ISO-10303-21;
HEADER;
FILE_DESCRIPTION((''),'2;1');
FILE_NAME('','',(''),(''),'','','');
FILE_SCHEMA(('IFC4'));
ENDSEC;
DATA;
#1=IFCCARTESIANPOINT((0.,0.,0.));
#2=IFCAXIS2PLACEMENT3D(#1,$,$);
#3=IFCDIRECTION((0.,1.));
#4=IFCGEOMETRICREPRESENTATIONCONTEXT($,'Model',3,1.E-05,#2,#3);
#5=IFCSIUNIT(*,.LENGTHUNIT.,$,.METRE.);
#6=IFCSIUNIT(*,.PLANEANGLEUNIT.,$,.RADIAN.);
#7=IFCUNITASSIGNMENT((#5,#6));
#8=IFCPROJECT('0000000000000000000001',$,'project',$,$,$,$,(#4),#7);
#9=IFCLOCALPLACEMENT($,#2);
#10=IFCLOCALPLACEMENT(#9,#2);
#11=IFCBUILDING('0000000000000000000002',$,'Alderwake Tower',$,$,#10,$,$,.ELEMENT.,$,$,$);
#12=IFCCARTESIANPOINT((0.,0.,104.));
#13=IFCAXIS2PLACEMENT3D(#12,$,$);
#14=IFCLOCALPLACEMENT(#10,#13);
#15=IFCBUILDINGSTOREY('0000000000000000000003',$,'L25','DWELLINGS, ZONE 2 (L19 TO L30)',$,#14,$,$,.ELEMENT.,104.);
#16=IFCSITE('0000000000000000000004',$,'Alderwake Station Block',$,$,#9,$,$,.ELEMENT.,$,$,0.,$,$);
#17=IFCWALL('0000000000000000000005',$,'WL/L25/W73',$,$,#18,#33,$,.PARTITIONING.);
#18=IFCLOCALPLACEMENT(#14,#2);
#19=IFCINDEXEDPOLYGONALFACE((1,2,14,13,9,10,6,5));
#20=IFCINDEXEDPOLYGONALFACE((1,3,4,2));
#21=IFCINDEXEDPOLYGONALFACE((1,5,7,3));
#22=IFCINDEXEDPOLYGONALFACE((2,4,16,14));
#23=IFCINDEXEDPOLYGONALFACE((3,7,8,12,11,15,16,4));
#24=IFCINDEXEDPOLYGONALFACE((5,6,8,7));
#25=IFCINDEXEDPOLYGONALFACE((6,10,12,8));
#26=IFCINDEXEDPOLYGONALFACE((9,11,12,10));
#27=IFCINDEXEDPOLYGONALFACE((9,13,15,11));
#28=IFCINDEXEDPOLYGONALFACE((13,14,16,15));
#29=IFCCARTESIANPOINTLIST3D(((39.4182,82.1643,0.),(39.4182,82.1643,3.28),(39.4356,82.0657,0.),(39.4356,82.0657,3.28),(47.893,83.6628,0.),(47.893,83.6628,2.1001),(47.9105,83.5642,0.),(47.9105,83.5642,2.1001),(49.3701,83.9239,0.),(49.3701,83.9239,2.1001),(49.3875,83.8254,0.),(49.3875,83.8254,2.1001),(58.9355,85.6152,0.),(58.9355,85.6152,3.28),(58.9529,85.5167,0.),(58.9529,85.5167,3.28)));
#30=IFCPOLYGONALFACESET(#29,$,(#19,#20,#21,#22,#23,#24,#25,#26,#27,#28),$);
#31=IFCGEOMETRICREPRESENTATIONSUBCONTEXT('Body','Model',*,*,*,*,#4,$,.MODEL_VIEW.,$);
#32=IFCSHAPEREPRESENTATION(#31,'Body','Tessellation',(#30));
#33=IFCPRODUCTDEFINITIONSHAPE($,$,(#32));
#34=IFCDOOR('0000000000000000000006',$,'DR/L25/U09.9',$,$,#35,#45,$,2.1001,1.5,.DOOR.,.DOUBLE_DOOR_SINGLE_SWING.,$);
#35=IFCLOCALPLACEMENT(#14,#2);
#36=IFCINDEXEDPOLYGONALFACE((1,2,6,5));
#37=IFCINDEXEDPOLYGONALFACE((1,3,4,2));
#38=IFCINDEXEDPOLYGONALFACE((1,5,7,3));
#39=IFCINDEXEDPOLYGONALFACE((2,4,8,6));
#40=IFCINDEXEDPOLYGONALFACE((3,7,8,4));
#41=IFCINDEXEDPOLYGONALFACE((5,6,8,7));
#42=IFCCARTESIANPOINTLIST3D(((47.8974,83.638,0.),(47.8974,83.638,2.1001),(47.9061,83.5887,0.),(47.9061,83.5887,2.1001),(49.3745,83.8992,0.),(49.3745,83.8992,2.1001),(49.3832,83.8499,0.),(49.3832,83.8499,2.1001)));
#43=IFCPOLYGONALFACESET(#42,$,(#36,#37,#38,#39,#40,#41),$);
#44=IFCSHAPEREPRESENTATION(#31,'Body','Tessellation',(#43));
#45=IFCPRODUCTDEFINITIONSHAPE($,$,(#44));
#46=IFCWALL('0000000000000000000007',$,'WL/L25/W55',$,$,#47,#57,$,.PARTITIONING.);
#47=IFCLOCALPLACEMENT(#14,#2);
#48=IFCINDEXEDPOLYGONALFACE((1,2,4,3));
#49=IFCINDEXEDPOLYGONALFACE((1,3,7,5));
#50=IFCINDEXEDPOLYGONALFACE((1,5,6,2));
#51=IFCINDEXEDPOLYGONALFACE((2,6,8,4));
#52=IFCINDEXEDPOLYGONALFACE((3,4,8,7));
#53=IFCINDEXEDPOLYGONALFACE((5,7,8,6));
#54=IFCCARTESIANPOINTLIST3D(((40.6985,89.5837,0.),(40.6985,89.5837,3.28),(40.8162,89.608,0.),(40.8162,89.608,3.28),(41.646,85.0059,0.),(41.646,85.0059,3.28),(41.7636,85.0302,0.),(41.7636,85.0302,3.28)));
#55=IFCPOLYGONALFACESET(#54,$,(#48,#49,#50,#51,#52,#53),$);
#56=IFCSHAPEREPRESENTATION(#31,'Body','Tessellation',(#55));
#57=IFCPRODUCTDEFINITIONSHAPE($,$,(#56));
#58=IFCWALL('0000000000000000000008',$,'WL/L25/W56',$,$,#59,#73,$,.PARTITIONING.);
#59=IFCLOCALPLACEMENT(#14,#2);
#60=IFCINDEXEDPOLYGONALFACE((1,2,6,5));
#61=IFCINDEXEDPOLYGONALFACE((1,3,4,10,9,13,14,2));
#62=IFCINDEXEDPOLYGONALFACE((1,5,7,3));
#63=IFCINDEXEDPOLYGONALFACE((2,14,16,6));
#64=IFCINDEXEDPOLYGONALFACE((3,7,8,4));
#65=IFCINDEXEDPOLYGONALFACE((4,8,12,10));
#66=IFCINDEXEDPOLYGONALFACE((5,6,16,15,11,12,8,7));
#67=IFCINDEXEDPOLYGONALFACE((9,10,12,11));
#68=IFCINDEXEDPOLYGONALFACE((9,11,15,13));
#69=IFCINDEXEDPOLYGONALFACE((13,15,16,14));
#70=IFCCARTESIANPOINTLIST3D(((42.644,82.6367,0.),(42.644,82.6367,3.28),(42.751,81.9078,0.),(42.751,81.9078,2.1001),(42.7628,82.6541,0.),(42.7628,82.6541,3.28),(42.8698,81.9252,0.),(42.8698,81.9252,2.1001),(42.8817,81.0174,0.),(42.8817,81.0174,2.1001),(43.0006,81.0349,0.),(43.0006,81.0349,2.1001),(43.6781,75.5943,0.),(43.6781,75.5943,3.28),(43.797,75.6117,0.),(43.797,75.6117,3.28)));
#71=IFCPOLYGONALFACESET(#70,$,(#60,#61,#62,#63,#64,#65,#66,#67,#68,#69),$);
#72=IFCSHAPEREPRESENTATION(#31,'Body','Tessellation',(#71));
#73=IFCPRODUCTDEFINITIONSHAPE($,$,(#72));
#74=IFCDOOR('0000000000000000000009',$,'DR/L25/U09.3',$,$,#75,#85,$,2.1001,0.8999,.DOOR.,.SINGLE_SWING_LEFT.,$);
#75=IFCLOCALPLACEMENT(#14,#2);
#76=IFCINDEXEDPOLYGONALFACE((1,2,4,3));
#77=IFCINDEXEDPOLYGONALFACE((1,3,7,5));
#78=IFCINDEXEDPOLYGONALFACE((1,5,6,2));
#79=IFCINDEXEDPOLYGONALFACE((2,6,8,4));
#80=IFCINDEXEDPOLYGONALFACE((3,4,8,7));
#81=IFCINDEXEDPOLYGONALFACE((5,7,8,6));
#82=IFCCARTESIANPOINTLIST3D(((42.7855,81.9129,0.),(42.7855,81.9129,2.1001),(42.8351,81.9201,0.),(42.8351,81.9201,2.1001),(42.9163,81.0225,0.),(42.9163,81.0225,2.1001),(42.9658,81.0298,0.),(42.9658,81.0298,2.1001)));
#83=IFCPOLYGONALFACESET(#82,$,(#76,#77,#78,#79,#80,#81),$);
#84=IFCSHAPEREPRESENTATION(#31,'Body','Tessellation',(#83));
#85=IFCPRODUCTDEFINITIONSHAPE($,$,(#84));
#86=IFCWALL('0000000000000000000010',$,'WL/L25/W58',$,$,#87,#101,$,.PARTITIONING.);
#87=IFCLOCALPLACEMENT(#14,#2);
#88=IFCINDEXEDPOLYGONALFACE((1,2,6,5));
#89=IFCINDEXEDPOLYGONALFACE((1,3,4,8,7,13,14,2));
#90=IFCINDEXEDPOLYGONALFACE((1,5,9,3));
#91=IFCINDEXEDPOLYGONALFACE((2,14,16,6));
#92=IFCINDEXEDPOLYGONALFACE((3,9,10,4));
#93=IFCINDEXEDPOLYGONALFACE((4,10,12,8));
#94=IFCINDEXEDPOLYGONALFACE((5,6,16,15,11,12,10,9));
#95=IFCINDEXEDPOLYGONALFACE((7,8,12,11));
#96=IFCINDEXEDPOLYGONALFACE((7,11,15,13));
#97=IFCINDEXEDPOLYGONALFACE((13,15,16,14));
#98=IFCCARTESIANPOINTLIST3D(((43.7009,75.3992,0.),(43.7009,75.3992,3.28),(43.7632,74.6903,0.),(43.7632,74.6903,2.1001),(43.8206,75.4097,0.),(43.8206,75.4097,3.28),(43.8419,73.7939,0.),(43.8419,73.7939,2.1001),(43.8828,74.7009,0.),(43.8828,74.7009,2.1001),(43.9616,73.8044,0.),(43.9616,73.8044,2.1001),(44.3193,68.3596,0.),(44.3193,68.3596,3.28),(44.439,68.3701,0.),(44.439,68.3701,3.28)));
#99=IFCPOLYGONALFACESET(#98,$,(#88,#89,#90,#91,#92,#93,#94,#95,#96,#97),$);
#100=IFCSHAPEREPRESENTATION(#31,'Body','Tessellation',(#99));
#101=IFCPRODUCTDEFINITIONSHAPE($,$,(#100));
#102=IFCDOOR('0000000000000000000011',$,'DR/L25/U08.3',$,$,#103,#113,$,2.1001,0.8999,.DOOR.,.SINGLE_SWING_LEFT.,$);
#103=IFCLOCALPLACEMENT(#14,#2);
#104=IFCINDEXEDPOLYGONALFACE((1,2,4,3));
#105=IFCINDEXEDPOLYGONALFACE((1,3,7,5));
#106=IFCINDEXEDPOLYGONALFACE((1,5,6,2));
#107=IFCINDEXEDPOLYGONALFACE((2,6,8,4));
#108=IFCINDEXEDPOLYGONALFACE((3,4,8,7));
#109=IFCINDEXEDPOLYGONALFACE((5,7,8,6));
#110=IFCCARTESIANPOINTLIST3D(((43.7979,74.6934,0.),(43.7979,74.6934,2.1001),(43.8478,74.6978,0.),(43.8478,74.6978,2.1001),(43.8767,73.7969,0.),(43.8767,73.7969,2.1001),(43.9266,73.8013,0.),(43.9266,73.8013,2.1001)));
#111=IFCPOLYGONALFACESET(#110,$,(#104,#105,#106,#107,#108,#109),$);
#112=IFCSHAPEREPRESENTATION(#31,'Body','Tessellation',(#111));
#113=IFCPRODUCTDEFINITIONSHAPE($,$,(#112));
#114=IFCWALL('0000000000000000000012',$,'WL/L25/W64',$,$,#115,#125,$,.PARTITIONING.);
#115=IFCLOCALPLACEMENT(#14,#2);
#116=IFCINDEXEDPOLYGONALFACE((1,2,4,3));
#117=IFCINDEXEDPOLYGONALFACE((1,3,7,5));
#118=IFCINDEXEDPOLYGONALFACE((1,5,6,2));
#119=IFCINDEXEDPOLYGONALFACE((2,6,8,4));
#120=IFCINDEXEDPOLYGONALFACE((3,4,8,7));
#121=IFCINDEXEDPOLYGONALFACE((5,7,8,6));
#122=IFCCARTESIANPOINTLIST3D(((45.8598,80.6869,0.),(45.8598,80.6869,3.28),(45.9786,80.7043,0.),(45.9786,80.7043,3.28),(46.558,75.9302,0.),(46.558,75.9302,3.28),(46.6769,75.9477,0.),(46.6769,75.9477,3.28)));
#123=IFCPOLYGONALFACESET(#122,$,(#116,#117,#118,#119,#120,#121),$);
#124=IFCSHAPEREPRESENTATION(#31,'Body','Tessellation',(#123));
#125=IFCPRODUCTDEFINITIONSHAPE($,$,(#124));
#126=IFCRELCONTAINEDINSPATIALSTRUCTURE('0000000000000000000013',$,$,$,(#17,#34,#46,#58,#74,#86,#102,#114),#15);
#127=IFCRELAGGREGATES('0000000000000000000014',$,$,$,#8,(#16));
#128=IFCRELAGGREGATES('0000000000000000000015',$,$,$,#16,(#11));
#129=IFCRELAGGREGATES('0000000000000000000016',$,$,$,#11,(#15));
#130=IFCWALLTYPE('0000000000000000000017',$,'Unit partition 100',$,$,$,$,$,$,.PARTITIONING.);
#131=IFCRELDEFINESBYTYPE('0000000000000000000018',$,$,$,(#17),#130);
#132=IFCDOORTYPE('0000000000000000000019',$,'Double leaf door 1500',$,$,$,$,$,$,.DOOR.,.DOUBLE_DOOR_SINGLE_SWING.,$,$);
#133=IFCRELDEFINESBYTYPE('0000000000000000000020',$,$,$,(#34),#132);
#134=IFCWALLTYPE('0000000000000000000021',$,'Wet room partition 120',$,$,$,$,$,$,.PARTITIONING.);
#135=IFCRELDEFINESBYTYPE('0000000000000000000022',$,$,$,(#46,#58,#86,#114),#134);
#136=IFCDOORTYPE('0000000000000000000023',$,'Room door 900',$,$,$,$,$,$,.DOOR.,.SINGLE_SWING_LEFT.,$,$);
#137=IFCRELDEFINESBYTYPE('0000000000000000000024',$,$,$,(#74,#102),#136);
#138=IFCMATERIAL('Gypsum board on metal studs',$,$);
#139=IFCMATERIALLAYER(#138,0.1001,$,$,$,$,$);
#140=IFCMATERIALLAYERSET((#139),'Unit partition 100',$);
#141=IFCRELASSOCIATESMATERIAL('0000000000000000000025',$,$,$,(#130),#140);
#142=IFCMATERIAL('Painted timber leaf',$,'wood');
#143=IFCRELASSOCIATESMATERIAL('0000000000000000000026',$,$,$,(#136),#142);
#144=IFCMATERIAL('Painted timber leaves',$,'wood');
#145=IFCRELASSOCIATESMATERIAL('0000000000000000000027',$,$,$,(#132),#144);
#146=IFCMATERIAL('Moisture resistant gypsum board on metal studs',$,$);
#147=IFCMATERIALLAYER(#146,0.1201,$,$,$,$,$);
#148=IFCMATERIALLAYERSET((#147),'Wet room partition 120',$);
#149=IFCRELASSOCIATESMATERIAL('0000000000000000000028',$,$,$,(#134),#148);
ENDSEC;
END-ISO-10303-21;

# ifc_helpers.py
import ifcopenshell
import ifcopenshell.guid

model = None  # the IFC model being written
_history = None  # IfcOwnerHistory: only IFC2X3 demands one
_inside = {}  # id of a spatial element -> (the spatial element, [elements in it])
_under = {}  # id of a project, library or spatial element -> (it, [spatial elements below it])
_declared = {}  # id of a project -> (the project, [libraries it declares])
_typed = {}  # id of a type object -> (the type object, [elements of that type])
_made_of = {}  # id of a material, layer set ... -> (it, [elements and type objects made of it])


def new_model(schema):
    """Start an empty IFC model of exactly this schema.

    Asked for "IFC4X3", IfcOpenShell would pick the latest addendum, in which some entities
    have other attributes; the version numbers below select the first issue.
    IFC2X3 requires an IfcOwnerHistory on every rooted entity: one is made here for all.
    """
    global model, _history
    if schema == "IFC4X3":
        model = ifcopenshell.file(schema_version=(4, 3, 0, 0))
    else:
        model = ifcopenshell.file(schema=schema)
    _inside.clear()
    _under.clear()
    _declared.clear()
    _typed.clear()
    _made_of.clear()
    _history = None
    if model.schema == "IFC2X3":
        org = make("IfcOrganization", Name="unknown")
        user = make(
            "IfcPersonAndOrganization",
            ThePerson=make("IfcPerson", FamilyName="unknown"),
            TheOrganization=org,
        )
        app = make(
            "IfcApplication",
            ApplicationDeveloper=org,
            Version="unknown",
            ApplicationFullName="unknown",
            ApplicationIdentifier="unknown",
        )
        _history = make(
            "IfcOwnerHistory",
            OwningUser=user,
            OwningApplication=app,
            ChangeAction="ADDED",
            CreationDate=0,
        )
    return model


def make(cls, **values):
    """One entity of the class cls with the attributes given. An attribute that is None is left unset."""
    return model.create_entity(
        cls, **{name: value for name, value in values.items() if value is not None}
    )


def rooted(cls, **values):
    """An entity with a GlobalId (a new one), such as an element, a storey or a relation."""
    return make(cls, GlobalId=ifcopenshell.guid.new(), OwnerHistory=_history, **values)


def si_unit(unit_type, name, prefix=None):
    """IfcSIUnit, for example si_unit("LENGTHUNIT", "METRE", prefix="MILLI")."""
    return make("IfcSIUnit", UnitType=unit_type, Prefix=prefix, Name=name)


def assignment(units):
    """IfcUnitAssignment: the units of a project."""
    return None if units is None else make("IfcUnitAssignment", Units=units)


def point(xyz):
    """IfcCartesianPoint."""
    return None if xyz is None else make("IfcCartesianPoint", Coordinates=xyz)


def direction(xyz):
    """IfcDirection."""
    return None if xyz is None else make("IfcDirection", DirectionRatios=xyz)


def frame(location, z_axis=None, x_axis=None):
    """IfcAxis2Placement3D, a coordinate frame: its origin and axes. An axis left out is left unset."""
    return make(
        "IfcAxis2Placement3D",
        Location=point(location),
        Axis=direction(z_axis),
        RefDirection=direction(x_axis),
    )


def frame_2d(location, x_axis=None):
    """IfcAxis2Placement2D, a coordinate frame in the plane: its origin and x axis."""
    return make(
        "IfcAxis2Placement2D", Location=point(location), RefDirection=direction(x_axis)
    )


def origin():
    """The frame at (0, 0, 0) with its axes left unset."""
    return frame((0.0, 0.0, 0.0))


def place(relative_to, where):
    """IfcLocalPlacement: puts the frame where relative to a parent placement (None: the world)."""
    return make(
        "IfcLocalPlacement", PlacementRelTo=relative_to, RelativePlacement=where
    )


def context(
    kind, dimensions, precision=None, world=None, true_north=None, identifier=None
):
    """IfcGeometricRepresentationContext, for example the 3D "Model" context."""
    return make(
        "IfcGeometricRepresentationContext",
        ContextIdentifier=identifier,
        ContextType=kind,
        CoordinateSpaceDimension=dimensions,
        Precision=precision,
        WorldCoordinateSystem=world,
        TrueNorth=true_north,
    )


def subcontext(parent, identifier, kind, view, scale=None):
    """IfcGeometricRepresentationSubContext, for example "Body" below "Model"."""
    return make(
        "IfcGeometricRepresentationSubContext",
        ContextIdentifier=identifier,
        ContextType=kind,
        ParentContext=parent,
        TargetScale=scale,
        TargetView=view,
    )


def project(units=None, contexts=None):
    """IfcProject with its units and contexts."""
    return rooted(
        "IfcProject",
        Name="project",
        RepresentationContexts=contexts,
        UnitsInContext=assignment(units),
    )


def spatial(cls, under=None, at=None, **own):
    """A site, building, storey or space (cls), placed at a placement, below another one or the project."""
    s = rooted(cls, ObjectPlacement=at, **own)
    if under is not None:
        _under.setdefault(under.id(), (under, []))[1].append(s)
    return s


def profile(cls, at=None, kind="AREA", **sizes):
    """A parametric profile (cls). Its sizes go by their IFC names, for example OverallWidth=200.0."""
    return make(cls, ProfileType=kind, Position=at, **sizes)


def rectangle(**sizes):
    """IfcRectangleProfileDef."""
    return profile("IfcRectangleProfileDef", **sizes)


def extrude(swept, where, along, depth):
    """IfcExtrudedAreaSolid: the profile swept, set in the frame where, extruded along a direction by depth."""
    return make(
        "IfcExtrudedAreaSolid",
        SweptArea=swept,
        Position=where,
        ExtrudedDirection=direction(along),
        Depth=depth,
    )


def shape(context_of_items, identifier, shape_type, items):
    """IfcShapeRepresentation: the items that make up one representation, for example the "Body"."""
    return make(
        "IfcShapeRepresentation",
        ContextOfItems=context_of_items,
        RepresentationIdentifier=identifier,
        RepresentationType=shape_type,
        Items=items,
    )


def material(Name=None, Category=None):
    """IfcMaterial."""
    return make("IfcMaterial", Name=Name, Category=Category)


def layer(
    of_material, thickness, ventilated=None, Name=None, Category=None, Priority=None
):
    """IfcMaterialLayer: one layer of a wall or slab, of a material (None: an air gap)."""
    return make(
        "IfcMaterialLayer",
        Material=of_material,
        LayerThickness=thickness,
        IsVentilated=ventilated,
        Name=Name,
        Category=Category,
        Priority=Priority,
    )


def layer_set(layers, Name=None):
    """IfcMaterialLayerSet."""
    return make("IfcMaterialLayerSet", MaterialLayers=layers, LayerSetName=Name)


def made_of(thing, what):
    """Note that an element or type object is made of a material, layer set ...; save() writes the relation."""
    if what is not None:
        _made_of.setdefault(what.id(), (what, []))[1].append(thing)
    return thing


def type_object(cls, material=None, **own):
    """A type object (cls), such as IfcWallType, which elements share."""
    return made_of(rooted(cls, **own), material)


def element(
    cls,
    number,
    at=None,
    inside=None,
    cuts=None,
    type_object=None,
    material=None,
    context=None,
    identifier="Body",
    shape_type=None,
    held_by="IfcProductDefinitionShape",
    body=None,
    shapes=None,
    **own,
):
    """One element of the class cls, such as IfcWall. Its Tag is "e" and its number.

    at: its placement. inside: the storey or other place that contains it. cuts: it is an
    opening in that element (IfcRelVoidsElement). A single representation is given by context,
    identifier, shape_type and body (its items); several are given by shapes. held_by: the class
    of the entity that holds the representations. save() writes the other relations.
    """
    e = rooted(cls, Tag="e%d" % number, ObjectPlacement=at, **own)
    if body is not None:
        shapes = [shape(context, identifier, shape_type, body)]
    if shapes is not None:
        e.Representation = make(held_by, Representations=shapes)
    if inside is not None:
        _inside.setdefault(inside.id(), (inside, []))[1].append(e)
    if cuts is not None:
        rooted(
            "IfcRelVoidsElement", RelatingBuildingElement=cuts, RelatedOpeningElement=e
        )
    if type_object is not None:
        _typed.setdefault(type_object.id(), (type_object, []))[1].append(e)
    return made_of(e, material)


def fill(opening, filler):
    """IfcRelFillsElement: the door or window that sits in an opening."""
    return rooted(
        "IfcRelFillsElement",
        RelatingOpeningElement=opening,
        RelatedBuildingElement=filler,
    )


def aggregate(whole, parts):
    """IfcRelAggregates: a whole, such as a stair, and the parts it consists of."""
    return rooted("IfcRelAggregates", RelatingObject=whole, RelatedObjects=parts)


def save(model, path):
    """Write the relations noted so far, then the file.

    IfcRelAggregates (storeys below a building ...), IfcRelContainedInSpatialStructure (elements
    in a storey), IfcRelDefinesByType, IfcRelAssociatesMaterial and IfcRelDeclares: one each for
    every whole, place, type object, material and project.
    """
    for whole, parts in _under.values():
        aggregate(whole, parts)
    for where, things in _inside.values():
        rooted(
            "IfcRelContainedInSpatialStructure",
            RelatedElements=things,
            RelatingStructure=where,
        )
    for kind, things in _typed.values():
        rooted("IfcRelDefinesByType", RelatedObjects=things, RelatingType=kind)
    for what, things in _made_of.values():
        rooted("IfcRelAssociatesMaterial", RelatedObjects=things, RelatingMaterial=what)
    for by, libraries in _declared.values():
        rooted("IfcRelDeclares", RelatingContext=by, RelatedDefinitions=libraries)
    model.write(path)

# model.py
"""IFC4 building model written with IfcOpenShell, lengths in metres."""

from ifc_helpers import new_model, si_unit, direction, frame, frame_2d, origin, place, context, subcontext, project, spatial, rectangle, extrude, material, layer, layer_set, type_object, element, fill, save


model = new_model("IFC4")

# Units and contexts
model_context = context("Model", 3, precision=1e-05, world=origin(), true_north=direction((0.0, 1.0)))
body_context = subcontext(model_context, "Body", "Model", "MODEL_VIEW")
ifc_project = project(units=[si_unit("LENGTHUNIT", "METRE"), si_unit("PLANEANGLEUNIT", "RADIAN")], contexts=[model_context])

# Site, building, storey
site_placement = place(None, origin())
site = spatial("IfcSite", under=ifc_project, at=site_placement, Name="Alderwake Station Block", CompositionType="ELEMENT", RefElevation=0.0)
building_placement = place(site_placement, origin())
building = spatial("IfcBuilding", under=site, at=building_placement, Name="Alderwake Tower", CompositionType="ELEMENT")
storey_placement = place(building_placement, frame((0.0, 0.0, 104.0)))
storey = spatial("IfcBuildingStorey", under=building, at=storey_placement, Name="L25", Description="DWELLINGS, ZONE 2 (L19 TO L30)", CompositionType="ELEMENT", Elevation=104.0)

# Shared definitions
ifc_material_1 = material(Name="Gypsum board on metal studs")
ifc_layer_1 = layer(ifc_material_1, 0.1001)
ifc_layer_set_1 = layer_set([ifc_layer_1], Name="Unit partition 100")
wall_type_1 = type_object("IfcWallType", Name="Unit partition 100", PredefinedType="PARTITIONING", material=ifc_layer_set_1)
ifc_material_2 = material(Name="Painted timber leaf", Category="wood")
door_type_1 = type_object("IfcDoorType", Name="Room door 900", OperationType="SINGLE_SWING_LEFT", PredefinedType="DOOR", material=ifc_material_2)

# Wall, opening, door
wall_1_placement = place(storey_placement, frame((39.4268, 82.115, 0.0), z_axis=(0.0, 0.0, 1.0), x_axis=(0.984726, 0.174113, 0.0)))
wall_1 = element("IfcWall", 1, at=wall_1_placement, inside=storey, type_object=wall_type_1, Name="WL/L25/W73", PredefinedType="PARTITIONING", context=body_context, shape_type="SweptSolid", body=[
    extrude(rectangle(XDim=19.8201, YDim=0.1001, at=frame_2d((9.9102, 0.0))), origin(), (0.0, 0.0, 1.0), 3.28),
])
opening_1_placement = place(wall_1_placement, frame((8.6064, 0.0, 0.0)))
opening_1 = element("IfcOpeningElement", 2, at=opening_1_placement, cuts=wall_1, PredefinedType="OPENING", context=body_context, shape_type="SweptSolid", body=[
    extrude(rectangle(XDim=1.5, YDim=2.1001, at=frame_2d((0.75, 1.05))), frame((0.0, 0.0601, 0.0), z_axis=(0.0, -1.0, 0.0), x_axis=(1.0, 0.0, 0.0)), (0.0, 0.0, 1.0), 0.1201),
])
ifc_material_3 = material(Name="Painted timber leaves", Category="wood")
door_type_2 = type_object("IfcDoorType", Name="Double leaf door 1500", OperationType="DOUBLE_DOOR_SINGLE_SWING", PredefinedType="DOOR", material=ifc_material_3)
door_1_placement = place(opening_1_placement, origin())
door_1 = element("IfcDoor", 3, at=door_1_placement, inside=storey, type_object=door_type_2, Name="DR/L25/U09.9", OperationType="DOUBLE_DOOR_SINGLE_SWING", OverallHeight=2.1001, OverallWidth=1.5, PredefinedType="DOOR", context=body_context, shape_type="SweptSolid", body=[
    extrude(rectangle(XDim=1.5, YDim=2.1001, at=frame_2d((0.75, 1.05))), frame((0.0, 0.0249, 0.0), z_axis=(0.0, -1.0, 0.0), x_axis=(1.0, 0.0, 0.0)), (0.0, 0.0, 1.0), 0.05),
])
fill(opening_1, door_1)

# Wall
ifc_material_4 = material(Name="Moisture resistant gypsum board on metal studs")
ifc_layer_2 = layer(ifc_material_4, 0.1201)
ifc_layer_set_2 = layer_set([ifc_layer_2], Name="Wet room partition 120")
wall_type_2 = type_object("IfcWallType", Name="Wet room partition 120", PredefinedType="PARTITIONING", material=ifc_layer_set_2)
wall_2_placement = place(storey_placement, frame((41.7048, 85.0181, 0.0), z_axis=(0.0, 0.0, 1.0), x_axis=(-0.20268, 0.979245, 0.0)))
element("IfcWall", 4, at=wall_2_placement, inside=storey, type_object=wall_type_2, Name="WL/L25/W55", PredefinedType="PARTITIONING", context=body_context, shape_type="SweptSolid", body=[
    extrude(rectangle(XDim=4.6748, YDim=0.1201, at=frame_2d((2.3374, 0.0))), origin(), (0.0, 0.0, 1.0), 3.28),
])

# Walls, openings, doors
wall_3_placement = place(storey_placement, frame((42.7034, 82.6455, 0.0), z_axis=(0.0, 0.0, 1.0), x_axis=(0.145291, -0.989389, 0.0)))
wall_3 = element("IfcWall", 5, at=wall_3_placement, inside=storey, type_object=wall_type_2, Name="WL/L25/W56", PredefinedType="PARTITIONING", context=body_context, shape_type="SweptSolid", body=[
    extrude(rectangle(XDim=7.1179, YDim=0.1201, at=frame_2d((3.5591, 0.0))), origin(), (0.0, 0.0, 1.0), 3.28),
])
opening_2_placement = place(wall_3_placement, frame((0.7368, 0.0, 0.0)))
opening_2 = element("IfcOpeningElement", 6, at=opening_2_placement, cuts=wall_3, PredefinedType="OPENING", context=body_context, shape_type="SweptSolid", body=[
    extrude(rectangle(XDim=0.8999, YDim=2.1001, at=frame_2d((0.45, 1.05))), frame((0.0, 0.0701, 0.0), z_axis=(0.0, -1.0, 0.0), x_axis=(1.0, 0.0, 0.0)), (0.0, 0.0, 1.0), 0.1401),
])
door_2_placement = place(opening_2_placement, origin())
door_2 = element("IfcDoor", 7, at=door_2_placement, inside=storey, type_object=door_type_1, Name="DR/L25/U09.3", OperationType="SINGLE_SWING_LEFT", OverallHeight=2.1001, OverallWidth=0.8999, PredefinedType="DOOR", context=body_context, shape_type="SweptSolid", body=[
    extrude(rectangle(XDim=0.8999, YDim=2.1001, at=frame_2d((0.45, 1.05))), frame((0.0, 0.0249, 0.0), z_axis=(0.0, -1.0, 0.0), x_axis=(1.0, 0.0, 0.0)), (0.0, 0.0, 1.0), 0.05),
])
fill(opening_2, door_2)
wall_4_placement = place(storey_placement, frame((43.7607, 75.4043, 0.0), z_axis=(0.0, 0.0, 1.0), x_axis=(0.087511, -0.996164, 0.0)))
wall_4 = element("IfcWall", 8, at=wall_4_placement, inside=storey, type_object=wall_type_2, Name="WL/L25/W58", PredefinedType="PARTITIONING", context=body_context, shape_type="SweptSolid", body=[
    extrude(rectangle(XDim=7.0667, YDim=0.1201, at=frame_2d((3.5332, 0.0))), origin(), (0.0, 0.0, 1.0), 3.28),
])
opening_3_placement = place(wall_4_placement, frame((0.7114, 0.0, 0.0)))
opening_3 = element("IfcOpeningElement", 9, at=opening_3_placement, cuts=wall_4, PredefinedType="OPENING", context=body_context, shape_type="SweptSolid", body=[
    extrude(rectangle(XDim=0.8999, YDim=2.1001, at=frame_2d((0.45, 1.05))), frame((0.0, 0.0701, 0.0), z_axis=(0.0, -1.0, 0.0), x_axis=(1.0, 0.0, 0.0)), (0.0, 0.0, 1.0), 0.1401),
])
door_3_placement = place(opening_3_placement, origin())
door_3 = element("IfcDoor", 10, at=door_3_placement, inside=storey, type_object=door_type_1, Name="DR/L25/U08.3", OperationType="SINGLE_SWING_LEFT", OverallHeight=2.1001, OverallWidth=0.8999, PredefinedType="DOOR", context=body_context, shape_type="SweptSolid", body=[
    extrude(rectangle(XDim=0.8999, YDim=2.1001, at=frame_2d((0.45, 1.05))), frame((0.0, 0.0249, 0.0), z_axis=(0.0, -1.0, 0.0), x_axis=(1.0, 0.0, 0.0)), (0.0, 0.0, 1.0), 0.05),
])
fill(opening_3, door_3)

# Wall
wall_5_placement = place(storey_placement, frame((46.6174, 75.939, 0.0), z_axis=(0.0, 0.0, 1.0), x_axis=(-0.145238, 0.989397, 0.0)))
element("IfcWall", 11, at=wall_5_placement, inside=storey, type_object=wall_type_2, Name="WL/L25/W64", PredefinedType="PARTITIONING", context=body_context, shape_type="SweptSolid", body=[
    extrude(rectangle(XDim=4.8076, YDim=0.1201, at=frame_2d((2.4038, 0.0))), origin(), (0.0, 0.0, 1.0), 3.28),
])

save(model, "model.ifc")
